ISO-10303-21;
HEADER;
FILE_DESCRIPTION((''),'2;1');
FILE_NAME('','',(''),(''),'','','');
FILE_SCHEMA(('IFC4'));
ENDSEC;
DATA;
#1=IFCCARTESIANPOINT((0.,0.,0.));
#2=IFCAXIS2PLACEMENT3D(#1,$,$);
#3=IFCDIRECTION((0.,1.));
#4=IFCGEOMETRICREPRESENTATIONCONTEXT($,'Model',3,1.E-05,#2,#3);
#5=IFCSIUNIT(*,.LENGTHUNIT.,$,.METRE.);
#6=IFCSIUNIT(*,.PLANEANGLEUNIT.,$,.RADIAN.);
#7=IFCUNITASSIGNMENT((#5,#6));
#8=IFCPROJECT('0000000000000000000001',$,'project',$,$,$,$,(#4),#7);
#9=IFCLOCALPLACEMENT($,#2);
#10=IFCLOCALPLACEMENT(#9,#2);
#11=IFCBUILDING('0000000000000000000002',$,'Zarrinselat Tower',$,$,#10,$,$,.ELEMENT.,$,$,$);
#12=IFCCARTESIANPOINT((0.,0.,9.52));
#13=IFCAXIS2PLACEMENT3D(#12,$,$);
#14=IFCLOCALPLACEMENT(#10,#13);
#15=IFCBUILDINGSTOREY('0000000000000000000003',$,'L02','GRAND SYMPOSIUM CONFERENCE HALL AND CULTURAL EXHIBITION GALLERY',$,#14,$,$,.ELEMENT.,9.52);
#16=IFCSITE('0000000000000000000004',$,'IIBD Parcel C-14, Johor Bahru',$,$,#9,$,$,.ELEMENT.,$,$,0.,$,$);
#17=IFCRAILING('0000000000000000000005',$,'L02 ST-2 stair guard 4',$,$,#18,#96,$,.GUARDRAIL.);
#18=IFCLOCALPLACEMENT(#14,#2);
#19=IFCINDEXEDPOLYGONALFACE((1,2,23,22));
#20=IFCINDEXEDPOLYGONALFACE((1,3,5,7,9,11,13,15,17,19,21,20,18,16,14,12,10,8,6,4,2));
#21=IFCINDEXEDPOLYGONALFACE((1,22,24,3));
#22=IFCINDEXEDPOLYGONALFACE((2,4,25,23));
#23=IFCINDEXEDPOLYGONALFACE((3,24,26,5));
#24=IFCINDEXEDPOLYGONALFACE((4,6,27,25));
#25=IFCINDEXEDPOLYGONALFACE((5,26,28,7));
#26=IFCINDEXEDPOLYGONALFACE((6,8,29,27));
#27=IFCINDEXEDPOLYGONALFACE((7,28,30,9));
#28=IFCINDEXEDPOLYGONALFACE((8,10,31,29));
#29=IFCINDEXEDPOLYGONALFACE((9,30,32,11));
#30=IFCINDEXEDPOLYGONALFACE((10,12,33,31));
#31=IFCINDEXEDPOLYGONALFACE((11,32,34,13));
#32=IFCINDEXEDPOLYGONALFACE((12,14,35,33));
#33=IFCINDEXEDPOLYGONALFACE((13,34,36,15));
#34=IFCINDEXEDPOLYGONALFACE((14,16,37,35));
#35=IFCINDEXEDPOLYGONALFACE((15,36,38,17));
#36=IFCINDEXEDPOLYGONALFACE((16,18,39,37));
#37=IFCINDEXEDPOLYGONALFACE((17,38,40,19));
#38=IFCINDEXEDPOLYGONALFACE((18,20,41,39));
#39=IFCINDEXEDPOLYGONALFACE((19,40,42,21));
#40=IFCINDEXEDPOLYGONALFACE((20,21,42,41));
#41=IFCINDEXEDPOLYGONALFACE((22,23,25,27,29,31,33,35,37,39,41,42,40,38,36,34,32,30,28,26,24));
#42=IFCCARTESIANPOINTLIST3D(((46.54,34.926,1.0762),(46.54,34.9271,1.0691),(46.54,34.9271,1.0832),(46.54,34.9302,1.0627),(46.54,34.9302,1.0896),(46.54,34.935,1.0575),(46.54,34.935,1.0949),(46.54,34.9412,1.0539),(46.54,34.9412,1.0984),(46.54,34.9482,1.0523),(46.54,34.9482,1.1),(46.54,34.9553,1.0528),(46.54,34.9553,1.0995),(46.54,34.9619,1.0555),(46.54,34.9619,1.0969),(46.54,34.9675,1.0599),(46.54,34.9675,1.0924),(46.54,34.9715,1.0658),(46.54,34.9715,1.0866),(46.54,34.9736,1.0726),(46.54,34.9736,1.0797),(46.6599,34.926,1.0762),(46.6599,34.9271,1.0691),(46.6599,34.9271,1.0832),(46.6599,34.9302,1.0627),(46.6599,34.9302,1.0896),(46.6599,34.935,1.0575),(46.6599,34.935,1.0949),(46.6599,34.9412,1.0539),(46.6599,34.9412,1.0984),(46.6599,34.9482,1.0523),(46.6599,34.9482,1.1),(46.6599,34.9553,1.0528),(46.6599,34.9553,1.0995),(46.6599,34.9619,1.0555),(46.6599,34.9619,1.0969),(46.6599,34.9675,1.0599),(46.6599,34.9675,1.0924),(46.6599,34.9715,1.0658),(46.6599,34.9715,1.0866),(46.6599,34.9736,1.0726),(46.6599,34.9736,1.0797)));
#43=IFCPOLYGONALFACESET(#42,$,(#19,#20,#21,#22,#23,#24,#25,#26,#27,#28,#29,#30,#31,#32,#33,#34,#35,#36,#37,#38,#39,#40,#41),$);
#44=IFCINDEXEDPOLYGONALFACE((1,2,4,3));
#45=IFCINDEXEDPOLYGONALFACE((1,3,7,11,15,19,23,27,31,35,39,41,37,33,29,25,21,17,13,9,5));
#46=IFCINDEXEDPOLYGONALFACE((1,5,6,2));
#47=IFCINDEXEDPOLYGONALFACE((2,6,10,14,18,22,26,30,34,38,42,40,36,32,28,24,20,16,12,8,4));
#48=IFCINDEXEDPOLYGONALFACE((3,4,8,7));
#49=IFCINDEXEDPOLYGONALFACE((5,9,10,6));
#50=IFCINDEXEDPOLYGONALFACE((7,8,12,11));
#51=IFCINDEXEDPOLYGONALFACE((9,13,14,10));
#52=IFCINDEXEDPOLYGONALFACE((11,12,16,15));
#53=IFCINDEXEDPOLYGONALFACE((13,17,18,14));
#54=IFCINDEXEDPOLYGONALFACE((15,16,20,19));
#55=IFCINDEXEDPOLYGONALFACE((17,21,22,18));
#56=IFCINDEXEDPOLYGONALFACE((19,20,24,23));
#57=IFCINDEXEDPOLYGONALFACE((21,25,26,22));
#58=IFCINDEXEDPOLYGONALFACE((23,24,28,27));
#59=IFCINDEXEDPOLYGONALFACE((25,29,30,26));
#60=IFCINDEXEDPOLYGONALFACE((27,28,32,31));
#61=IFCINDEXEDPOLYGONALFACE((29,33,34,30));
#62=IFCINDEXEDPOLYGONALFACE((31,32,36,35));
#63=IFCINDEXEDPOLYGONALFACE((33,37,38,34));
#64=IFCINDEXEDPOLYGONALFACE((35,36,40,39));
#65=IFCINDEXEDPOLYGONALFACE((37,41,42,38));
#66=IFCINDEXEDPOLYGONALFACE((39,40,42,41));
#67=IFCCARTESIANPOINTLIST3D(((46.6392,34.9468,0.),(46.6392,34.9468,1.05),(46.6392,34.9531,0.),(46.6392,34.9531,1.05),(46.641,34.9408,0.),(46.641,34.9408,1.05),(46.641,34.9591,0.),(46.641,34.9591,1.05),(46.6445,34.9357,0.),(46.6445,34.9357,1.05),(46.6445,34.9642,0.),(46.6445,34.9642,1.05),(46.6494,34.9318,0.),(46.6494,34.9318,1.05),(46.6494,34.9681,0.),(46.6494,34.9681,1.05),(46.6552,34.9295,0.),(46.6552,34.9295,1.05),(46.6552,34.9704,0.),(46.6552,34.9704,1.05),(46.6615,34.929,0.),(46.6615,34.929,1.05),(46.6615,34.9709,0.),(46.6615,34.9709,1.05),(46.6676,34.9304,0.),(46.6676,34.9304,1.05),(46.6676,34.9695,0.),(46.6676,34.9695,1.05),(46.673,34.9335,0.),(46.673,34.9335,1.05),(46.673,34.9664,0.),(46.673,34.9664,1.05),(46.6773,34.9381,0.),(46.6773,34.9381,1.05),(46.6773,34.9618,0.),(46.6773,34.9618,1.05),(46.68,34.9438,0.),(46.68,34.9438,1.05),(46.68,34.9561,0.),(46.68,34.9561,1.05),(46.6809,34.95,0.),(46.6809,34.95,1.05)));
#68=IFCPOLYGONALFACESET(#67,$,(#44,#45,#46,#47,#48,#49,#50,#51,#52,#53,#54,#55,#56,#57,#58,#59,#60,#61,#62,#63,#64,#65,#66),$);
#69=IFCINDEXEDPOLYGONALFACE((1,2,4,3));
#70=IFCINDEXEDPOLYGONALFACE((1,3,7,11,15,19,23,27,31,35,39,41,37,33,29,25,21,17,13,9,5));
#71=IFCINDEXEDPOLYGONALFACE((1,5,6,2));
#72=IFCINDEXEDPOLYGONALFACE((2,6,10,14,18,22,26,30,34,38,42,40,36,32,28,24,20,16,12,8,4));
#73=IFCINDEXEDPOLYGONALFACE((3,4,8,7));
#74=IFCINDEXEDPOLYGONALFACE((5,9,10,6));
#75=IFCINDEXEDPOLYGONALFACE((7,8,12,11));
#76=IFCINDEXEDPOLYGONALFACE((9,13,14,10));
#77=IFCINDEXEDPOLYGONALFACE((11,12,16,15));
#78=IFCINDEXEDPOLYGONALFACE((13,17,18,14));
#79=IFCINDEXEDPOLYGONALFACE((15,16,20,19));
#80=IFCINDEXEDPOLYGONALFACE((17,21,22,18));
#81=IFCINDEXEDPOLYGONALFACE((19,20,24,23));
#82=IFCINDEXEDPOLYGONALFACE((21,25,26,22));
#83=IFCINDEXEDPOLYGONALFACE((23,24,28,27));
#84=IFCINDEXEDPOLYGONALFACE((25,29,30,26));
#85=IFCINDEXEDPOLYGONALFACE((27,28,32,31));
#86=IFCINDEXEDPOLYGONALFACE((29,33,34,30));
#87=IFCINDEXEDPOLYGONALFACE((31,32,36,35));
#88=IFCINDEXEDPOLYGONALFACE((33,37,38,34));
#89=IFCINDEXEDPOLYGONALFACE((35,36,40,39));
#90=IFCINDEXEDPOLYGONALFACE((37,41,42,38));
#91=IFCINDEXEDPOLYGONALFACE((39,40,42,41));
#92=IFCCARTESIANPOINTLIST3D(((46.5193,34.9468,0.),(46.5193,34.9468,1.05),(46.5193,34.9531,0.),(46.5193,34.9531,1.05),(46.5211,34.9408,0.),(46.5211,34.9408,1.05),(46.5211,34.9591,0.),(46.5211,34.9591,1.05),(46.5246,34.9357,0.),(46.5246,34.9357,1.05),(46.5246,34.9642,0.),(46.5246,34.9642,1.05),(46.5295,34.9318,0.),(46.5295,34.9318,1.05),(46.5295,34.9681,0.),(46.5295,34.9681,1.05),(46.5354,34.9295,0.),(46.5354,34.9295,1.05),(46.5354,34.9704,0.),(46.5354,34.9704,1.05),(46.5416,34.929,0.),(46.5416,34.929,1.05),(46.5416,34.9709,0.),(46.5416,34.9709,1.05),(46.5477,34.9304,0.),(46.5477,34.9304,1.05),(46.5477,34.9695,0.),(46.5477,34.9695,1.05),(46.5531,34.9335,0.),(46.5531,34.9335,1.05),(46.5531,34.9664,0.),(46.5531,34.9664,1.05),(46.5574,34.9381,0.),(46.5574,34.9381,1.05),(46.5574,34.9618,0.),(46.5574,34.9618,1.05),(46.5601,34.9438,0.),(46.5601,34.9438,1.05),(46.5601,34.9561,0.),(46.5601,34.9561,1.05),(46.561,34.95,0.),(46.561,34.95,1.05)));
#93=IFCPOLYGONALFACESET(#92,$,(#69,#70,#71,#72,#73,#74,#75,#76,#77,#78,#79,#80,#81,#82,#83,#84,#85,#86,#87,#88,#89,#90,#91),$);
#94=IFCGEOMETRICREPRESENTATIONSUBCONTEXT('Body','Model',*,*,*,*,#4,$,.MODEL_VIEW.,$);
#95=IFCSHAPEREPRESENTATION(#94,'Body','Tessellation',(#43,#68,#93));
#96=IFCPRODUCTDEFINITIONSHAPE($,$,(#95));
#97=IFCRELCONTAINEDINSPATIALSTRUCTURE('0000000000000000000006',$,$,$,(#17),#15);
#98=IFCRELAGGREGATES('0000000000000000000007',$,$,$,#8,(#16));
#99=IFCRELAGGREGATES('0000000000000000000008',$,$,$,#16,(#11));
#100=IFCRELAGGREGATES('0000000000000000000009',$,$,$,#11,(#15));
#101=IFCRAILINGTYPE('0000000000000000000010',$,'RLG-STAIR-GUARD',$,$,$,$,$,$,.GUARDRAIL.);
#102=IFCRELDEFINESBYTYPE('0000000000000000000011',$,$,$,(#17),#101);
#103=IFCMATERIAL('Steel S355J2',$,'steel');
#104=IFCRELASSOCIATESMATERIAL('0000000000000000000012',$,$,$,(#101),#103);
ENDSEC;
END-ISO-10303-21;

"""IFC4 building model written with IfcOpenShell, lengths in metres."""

from ifc_helpers import new_model, si_unit, direction, frame, origin, origin_2d, place, context, subcontext, project, spatial, circle, extrude, material, type_object, element, save


model = new_model("IFC4")

# Units and contexts
model_context = context("Model", 3, precision=1e-05, world=origin(), true_north=direction((0.0, 1.0)))
body_context = subcontext(model_context, "Body", "Model", "MODEL_VIEW")
ifc_project = project(units=[si_unit("LENGTHUNIT", "METRE"), si_unit("PLANEANGLEUNIT", "RADIAN")], contexts=[model_context])

# Site, building, storey
site_placement = place(None, origin())
site = spatial("IfcSite", under=ifc_project, at=site_placement, Name="IIBD Parcel C-14, Johor Bahru", CompositionType="ELEMENT", RefElevation=0.0)
building_placement = place(site_placement, origin())
building = spatial("IfcBuilding", under=site, at=building_placement, Name="Zarrinselat Tower", CompositionType="ELEMENT")
storey_placement = place(building_placement, frame((0.0, 0.0, 9.52)))
storey = spatial("IfcBuildingStorey", under=building, at=storey_placement, Name="L02", Description="GRAND SYMPOSIUM CONFERENCE HALL AND CULTURAL EXHIBITION GALLERY", CompositionType="ELEMENT", Elevation=9.52)

# Railing
ifc_material_1 = material(Name="Steel S355J2", Category="steel")
railing_type_1 = type_object("IfcRailingType", Name="RLG-STAIR-GUARD", PredefinedType="GUARDRAIL", material=ifc_material_1)
railing_1_placement = place(storey_placement, frame((46.6599, 34.95, 0.0)))
element("IfcRailing", 1, at=railing_1_placement, inside=storey, type_object=railing_type_1, Name="L02 ST-2 stair guard 4", PredefinedType="GUARDRAIL", context=body_context, shape_type="SweptSolid", body=[
    extrude(circle(Radius=0.0239, at=origin_2d()), frame((0.0, 0.0, 1.0762), z_axis=(-1.0, 0.0, 0.0), x_axis=(0.0, -1.0, 0.0)), (0.0, 0.0, 1.0), 0.1199),
    extrude(circle(Radius=0.021, at=origin_2d()), origin(), (0.0, 0.0, 1.0), 1.05),
    extrude(circle(Radius=0.021, at=origin_2d()), frame((-0.1199, 0.0, 0.0)), (0.0, 0.0, 1.0), 1.05),
])

save(model, "model.ifc")
